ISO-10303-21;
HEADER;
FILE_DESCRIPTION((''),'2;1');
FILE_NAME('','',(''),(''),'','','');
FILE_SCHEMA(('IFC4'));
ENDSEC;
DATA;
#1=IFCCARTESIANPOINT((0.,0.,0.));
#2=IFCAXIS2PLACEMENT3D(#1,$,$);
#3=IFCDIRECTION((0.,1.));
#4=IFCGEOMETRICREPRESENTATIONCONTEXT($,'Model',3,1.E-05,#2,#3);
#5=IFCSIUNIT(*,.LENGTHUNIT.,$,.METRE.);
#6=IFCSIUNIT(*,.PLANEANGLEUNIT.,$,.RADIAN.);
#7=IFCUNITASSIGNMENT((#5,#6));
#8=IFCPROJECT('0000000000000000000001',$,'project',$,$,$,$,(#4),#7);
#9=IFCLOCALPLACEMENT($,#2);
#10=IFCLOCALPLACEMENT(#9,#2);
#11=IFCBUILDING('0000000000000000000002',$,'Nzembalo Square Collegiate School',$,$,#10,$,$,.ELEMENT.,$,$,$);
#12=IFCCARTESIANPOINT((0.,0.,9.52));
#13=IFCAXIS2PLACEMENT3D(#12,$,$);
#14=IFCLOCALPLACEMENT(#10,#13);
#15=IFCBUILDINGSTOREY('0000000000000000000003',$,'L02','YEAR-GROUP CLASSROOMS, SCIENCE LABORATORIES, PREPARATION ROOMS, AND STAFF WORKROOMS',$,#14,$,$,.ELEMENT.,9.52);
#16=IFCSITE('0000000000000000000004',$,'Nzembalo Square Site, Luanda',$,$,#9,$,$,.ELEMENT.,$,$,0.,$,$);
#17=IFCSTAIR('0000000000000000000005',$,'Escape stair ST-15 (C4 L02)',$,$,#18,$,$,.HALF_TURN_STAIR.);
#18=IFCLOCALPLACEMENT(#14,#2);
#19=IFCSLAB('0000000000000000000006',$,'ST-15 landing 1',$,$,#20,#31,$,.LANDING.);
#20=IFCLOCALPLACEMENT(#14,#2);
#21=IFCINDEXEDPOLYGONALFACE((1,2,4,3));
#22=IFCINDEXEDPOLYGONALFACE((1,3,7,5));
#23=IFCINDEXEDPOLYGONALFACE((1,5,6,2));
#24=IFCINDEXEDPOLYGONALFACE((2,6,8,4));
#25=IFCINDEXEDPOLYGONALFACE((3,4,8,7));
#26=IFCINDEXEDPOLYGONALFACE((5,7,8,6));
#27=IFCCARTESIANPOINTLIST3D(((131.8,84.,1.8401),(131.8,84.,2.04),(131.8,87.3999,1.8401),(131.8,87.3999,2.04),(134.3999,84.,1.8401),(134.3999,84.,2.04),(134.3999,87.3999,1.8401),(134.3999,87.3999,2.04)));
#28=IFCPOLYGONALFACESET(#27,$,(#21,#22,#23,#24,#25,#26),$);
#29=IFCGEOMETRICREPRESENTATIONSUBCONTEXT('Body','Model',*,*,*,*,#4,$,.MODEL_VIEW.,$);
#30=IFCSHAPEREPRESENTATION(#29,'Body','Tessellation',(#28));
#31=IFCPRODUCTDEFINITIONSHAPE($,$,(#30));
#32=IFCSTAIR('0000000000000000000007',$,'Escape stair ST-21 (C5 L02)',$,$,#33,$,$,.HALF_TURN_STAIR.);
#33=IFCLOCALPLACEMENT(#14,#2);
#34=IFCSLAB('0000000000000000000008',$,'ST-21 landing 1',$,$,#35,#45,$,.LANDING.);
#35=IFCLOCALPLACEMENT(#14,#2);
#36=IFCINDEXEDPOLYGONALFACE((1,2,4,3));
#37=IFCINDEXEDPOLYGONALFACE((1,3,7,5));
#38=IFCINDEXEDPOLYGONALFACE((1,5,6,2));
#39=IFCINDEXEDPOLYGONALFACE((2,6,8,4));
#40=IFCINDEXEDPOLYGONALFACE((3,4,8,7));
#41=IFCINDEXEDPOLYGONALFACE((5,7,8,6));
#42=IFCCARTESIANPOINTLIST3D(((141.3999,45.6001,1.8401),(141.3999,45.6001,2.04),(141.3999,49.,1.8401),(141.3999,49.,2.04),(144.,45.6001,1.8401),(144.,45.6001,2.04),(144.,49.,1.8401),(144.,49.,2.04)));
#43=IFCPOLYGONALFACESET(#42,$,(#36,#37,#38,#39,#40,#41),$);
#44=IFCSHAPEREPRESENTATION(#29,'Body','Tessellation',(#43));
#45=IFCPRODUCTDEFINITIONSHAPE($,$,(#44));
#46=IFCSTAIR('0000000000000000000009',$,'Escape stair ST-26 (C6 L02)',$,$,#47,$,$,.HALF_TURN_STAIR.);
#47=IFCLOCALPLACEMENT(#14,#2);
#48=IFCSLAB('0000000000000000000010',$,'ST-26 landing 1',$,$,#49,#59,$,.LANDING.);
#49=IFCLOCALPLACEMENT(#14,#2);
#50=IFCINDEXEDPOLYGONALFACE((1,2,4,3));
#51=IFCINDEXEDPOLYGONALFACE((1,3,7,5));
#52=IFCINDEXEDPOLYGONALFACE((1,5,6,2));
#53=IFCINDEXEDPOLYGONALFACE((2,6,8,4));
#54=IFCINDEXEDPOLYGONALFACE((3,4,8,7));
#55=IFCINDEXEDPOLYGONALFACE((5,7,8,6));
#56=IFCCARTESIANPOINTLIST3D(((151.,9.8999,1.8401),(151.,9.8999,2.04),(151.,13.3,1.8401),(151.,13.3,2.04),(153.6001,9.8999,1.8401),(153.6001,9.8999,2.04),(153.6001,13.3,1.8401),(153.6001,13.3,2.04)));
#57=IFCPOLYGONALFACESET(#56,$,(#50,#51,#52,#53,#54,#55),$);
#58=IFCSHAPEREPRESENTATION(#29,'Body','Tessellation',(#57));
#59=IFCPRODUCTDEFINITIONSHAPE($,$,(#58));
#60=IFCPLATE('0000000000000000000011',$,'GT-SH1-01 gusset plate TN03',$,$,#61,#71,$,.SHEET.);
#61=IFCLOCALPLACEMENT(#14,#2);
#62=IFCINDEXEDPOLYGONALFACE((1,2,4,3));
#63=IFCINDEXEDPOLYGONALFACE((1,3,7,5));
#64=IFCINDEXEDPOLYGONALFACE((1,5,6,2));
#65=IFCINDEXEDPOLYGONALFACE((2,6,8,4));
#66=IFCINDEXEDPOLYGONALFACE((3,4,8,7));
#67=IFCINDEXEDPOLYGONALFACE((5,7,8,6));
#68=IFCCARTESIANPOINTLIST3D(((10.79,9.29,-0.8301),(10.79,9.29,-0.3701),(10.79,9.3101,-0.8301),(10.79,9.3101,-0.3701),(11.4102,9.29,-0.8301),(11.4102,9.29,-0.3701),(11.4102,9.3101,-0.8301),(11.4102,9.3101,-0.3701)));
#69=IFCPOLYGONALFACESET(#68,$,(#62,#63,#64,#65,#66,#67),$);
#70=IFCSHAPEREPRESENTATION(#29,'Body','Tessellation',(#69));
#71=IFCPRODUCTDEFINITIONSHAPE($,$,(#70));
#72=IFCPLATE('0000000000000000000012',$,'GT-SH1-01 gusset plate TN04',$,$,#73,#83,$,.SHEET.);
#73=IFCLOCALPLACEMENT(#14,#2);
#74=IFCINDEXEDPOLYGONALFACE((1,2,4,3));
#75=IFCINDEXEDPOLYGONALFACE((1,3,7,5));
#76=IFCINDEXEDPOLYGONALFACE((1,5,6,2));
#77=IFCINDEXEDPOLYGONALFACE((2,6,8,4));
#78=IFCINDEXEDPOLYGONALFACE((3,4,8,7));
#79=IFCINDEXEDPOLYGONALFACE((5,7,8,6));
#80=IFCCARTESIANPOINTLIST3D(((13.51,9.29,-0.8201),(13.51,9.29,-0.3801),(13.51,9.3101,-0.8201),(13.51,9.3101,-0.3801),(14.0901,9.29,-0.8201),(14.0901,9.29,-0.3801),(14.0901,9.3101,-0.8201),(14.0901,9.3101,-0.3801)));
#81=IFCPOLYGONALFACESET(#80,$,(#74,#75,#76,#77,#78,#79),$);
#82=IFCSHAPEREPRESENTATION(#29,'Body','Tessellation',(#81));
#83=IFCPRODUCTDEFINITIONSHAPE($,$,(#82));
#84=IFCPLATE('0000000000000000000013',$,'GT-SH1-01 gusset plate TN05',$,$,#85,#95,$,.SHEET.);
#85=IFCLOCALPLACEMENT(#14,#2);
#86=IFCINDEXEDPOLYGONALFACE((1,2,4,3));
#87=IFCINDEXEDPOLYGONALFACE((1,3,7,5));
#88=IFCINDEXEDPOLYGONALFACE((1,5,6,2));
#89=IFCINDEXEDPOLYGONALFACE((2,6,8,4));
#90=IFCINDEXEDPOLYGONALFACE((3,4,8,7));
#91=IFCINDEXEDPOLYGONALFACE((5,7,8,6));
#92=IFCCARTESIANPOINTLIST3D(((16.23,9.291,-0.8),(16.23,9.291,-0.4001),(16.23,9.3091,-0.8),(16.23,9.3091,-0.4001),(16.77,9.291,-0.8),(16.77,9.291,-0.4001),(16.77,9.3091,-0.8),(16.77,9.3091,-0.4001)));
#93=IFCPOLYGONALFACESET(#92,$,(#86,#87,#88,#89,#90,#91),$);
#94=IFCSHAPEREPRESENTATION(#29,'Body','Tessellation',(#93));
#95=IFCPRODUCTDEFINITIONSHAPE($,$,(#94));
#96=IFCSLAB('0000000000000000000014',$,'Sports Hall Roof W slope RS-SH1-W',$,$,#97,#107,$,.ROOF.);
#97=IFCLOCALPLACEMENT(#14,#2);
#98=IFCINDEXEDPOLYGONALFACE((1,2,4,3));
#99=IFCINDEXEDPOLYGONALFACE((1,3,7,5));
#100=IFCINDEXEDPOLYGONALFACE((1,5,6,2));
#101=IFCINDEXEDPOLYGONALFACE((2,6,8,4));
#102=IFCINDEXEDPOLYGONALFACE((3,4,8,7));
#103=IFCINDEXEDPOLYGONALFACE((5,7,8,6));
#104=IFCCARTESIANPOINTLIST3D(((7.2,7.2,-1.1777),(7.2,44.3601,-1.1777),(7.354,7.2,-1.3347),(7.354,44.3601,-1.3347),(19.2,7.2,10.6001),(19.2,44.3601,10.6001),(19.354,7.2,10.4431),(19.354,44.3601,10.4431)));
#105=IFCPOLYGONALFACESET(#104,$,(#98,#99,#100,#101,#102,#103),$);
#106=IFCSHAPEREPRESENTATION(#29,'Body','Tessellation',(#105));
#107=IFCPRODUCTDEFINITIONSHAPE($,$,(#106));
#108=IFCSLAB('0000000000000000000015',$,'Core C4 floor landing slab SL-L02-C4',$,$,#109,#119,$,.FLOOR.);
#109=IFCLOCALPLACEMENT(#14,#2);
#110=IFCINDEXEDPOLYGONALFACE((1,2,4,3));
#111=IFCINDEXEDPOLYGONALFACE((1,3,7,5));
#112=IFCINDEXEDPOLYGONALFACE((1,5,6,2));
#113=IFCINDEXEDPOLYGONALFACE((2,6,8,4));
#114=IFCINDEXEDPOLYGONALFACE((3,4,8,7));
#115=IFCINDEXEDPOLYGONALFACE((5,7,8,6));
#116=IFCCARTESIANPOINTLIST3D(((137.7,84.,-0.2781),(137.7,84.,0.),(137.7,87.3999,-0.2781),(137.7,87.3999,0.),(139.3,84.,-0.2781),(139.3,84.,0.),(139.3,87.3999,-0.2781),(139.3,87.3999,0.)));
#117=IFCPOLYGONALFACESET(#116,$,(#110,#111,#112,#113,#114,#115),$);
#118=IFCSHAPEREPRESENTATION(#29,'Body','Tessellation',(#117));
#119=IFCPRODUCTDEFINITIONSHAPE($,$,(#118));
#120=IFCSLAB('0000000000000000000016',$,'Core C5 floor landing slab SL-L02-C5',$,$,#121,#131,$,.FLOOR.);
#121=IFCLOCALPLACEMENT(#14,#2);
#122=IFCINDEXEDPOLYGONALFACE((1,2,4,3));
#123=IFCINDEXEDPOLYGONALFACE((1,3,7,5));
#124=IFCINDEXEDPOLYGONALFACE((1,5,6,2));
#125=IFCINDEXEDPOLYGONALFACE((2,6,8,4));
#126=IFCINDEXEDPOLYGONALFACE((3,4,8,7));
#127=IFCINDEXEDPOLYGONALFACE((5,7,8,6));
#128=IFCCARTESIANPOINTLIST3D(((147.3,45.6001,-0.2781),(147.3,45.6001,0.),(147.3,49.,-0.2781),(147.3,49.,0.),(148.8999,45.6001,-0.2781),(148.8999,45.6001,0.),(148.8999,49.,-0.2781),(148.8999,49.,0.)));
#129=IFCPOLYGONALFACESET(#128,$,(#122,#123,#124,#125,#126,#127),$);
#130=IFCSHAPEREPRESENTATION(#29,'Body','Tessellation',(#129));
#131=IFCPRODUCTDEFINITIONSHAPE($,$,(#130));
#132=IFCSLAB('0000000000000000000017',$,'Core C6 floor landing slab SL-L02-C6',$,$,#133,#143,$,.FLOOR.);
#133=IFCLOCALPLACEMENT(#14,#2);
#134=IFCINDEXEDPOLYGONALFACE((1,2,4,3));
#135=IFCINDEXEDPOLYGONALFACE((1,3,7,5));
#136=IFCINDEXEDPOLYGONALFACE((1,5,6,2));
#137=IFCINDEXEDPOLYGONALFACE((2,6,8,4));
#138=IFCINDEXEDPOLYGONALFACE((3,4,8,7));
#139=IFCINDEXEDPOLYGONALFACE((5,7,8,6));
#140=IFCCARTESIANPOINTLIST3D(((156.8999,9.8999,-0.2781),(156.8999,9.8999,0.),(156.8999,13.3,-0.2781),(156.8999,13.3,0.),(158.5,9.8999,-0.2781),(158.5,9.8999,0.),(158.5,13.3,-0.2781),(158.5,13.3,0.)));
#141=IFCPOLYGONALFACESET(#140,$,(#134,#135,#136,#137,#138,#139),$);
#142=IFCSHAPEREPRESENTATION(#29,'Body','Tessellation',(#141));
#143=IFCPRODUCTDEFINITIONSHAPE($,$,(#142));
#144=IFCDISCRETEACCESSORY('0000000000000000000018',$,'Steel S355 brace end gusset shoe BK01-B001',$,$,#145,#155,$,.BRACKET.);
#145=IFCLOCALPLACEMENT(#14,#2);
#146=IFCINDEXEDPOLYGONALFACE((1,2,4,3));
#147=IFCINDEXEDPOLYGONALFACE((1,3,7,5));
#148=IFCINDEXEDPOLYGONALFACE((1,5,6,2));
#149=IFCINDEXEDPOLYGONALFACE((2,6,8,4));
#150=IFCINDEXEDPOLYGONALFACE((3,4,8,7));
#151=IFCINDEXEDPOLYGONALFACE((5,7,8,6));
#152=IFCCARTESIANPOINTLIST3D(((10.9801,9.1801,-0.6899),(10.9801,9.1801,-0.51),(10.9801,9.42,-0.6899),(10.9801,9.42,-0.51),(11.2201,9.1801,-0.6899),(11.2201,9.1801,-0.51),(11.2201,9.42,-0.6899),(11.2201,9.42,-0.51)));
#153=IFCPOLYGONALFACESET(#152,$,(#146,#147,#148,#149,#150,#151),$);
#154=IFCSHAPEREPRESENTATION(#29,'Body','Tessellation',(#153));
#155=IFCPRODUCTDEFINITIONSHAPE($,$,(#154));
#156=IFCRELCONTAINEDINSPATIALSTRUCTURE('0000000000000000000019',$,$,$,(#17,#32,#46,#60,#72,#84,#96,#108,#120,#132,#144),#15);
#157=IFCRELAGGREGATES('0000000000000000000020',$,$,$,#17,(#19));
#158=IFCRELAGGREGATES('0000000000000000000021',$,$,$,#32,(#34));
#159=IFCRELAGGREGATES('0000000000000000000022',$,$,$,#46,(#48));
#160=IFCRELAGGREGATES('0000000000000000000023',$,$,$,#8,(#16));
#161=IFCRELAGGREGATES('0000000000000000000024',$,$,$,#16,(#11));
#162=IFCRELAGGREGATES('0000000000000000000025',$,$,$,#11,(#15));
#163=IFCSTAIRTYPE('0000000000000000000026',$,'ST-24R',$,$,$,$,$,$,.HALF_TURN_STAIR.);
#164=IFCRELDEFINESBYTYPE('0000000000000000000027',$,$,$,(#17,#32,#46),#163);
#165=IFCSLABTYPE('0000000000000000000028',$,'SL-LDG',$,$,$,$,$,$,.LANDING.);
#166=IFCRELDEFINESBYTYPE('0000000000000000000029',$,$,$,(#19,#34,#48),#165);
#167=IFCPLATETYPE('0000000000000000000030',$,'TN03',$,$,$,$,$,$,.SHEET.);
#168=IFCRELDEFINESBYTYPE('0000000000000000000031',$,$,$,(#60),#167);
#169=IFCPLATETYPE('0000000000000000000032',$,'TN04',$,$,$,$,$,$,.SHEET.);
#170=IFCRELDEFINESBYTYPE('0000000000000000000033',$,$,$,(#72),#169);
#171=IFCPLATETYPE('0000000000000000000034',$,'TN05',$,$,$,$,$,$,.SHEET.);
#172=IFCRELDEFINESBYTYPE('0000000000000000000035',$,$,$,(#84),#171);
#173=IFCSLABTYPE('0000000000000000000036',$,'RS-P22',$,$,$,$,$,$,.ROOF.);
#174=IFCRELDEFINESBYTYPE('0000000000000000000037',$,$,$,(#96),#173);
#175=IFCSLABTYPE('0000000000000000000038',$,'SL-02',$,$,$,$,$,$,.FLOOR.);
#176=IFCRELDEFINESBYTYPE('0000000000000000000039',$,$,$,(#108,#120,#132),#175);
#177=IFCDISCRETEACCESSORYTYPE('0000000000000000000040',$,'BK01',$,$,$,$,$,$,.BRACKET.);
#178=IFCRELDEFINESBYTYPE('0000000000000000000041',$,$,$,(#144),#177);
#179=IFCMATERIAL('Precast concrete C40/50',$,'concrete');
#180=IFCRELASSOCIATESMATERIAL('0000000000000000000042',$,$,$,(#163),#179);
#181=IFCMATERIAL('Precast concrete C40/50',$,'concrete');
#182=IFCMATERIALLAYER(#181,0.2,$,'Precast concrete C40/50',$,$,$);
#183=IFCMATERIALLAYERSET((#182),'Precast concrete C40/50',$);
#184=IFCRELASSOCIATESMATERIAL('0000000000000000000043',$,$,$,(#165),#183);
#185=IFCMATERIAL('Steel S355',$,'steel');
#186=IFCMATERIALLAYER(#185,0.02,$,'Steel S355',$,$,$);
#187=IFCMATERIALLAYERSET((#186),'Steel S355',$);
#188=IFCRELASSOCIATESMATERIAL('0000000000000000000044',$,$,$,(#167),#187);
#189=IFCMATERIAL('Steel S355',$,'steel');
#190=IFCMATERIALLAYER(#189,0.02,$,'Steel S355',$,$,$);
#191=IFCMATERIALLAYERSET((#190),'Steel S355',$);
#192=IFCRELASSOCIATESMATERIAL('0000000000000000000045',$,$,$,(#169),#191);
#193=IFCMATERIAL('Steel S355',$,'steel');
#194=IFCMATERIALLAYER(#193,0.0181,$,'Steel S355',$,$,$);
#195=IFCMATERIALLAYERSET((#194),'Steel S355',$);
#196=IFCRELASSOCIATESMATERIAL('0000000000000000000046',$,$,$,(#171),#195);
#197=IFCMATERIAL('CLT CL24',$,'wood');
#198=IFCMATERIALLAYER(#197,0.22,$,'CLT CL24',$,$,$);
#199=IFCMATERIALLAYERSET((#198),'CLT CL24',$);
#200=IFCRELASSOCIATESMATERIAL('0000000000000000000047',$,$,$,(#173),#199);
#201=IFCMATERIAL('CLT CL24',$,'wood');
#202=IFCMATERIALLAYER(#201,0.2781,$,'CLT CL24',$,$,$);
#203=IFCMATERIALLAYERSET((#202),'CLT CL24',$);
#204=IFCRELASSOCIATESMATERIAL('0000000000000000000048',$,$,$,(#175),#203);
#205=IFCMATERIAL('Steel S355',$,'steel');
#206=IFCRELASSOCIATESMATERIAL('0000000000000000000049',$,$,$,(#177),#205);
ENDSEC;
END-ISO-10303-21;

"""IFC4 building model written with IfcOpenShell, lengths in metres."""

from ifc_helpers import new_model, si_unit, direction, frame, origin, origin_2d, place, context, subcontext, project, spatial, polyline, rectangle, outline, extrude, material, layer, layer_set, type_object, element, aggregate, save


model = new_model("IFC4")

# Units and contexts
model_context = context("Model", 3, precision=1e-05, world=origin(), true_north=direction((0.0, 1.0)))
body_context = subcontext(model_context, "Body", "Model", "MODEL_VIEW")
ifc_project = project(units=[si_unit("LENGTHUNIT", "METRE"), si_unit("PLANEANGLEUNIT", "RADIAN")], contexts=[model_context])

# Site, building, storey
site_placement = place(None, origin())
site = spatial("IfcSite", under=ifc_project, at=site_placement, Name="Nzembalo Square Site, Luanda", CompositionType="ELEMENT", RefElevation=0.0)
building_placement = place(site_placement, origin())
building = spatial("IfcBuilding", under=site, at=building_placement, Name="Nzembalo Square Collegiate School", CompositionType="ELEMENT")
storey_placement = place(building_placement, frame((0.0, 0.0, 9.52)))
storey = spatial("IfcBuildingStorey", under=building, at=storey_placement, Name="L02", Description="YEAR-GROUP CLASSROOMS, SCIENCE LABORATORIES, PREPARATION ROOMS, AND STAFF WORKROOMS", CompositionType="ELEMENT", Elevation=9.52)

# Stairs, slabs
ifc_material_1 = material(Name="Precast concrete C40/50", Category="concrete")
stair_type = type_object("IfcStairType", Name="ST-24R", PredefinedType="HALF_TURN_STAIR", material=ifc_material_1)
stair_1_placement = place(storey_placement, origin())
stair_1 = element("IfcStair", 1, at=stair_1_placement, inside=storey, type_object=stair_type, Name="Escape stair ST-15 (C4 L02)", PredefinedType="HALF_TURN_STAIR")
ifc_material_2 = material(Name="Precast concrete C40/50", Category="concrete")
ifc_layer_1 = layer(ifc_material_2, 0.2, Name="Precast concrete C40/50")
ifc_layer_set_1 = layer_set([ifc_layer_1], Name="Precast concrete C40/50")
slab_type_1 = type_object("IfcSlabType", Name="SL-LDG", PredefinedType="LANDING", material=ifc_layer_set_1)
slab_1_placement = place(storey_placement, frame((0.0, 0.0, 1.8401)))
slab_1 = element("IfcSlab", 2, at=slab_1_placement, type_object=slab_type_1, Name="ST-15 landing 1", PredefinedType="LANDING", context=body_context, shape_type="SweptSolid", body=[
    extrude(outline(polyline([(134.3999, 87.3999), (131.8, 87.3999), (131.8, 84.0), (134.3999, 84.0), (134.3999, 87.3999)])), origin(), (0.0, 0.0, 1.0), 0.2),
])
aggregate(stair_1, [slab_1])
stair_2_placement = place(storey_placement, origin())
stair_2 = element("IfcStair", 3, at=stair_2_placement, inside=storey, type_object=stair_type, Name="Escape stair ST-21 (C5 L02)", PredefinedType="HALF_TURN_STAIR")
slab_2_placement = place(storey_placement, frame((0.0, 0.0, 1.8401)))
slab_2 = element("IfcSlab", 4, at=slab_2_placement, type_object=slab_type_1, Name="ST-21 landing 1", PredefinedType="LANDING", context=body_context, shape_type="SweptSolid", body=[
    extrude(outline(polyline([(144.0, 49.0), (141.3999, 49.0), (141.3999, 45.6001), (144.0, 45.6001), (144.0, 49.0)])), origin(), (0.0, 0.0, 1.0), 0.2),
])
aggregate(stair_2, [slab_2])
stair_3_placement = place(storey_placement, origin())
stair_3 = element("IfcStair", 5, at=stair_3_placement, inside=storey, type_object=stair_type, Name="Escape stair ST-26 (C6 L02)", PredefinedType="HALF_TURN_STAIR")
slab_3_placement = place(storey_placement, frame((0.0, 0.0, 1.8401)))
slab_3 = element("IfcSlab", 6, at=slab_3_placement, type_object=slab_type_1, Name="ST-26 landing 1", PredefinedType="LANDING", context=body_context, shape_type="SweptSolid", body=[
    extrude(outline(polyline([(153.6001, 13.3), (151.0, 13.3), (151.0, 9.8999), (153.6001, 9.8999), (153.6001, 13.3)])), origin(), (0.0, 0.0, 1.0), 0.2),
])
aggregate(stair_3, [slab_3])

# Plates
ifc_material_3 = material(Name="Steel S355", Category="steel")
ifc_layer_2 = layer(ifc_material_3, 0.02, Name="Steel S355")
ifc_layer_set_2 = layer_set([ifc_layer_2], Name="Steel S355")
plate_type_1 = type_object("IfcPlateType", Name="TN03", PredefinedType="SHEET", material=ifc_layer_set_2)
plate_1_placement = place(storey_placement, frame((11.1001, 9.3, -0.8301), z_axis=(0.0, 0.0, 1.0), x_axis=(1.0, 0.0, 0.0)))
element("IfcPlate", 7, at=plate_1_placement, inside=storey, type_object=plate_type_1, Name="GT-SH1-01 gusset plate TN03", PredefinedType="SHEET", context=body_context, shape_type="SweptSolid", body=[
    extrude(rectangle(XDim=0.6201, YDim=0.02, at=origin_2d()), origin(), (0.0, 0.0, 1.0), 0.46),
])
ifc_material_4 = material(Name="Steel S355", Category="steel")
ifc_layer_3 = layer(ifc_material_4, 0.02, Name="Steel S355")
ifc_layer_set_3 = layer_set([ifc_layer_3], Name="Steel S355")
plate_type_2 = type_object("IfcPlateType", Name="TN04", PredefinedType="SHEET", material=ifc_layer_set_3)
plate_2_placement = place(storey_placement, frame((13.8, 9.3, -0.8201), z_axis=(0.0, 0.0, 1.0), x_axis=(1.0, 0.0, 0.0)))
element("IfcPlate", 8, at=plate_2_placement, inside=storey, type_object=plate_type_2, Name="GT-SH1-01 gusset plate TN04", PredefinedType="SHEET", context=body_context, shape_type="SweptSolid", body=[
    extrude(rectangle(XDim=0.5801, YDim=0.02, at=origin_2d()), origin(), (0.0, 0.0, 1.0), 0.4399),
])
ifc_material_5 = material(Name="Steel S355", Category="steel")
ifc_layer_4 = layer(ifc_material_5, 0.0181, Name="Steel S355")
ifc_layer_set_4 = layer_set([ifc_layer_4], Name="Steel S355")
plate_type_3 = type_object("IfcPlateType", Name="TN05", PredefinedType="SHEET", material=ifc_layer_set_4)
plate_3_placement = place(storey_placement, frame((16.5, 9.3, -0.8), z_axis=(0.0, 0.0, 1.0), x_axis=(1.0, 0.0, 0.0)))
element("IfcPlate", 9, at=plate_3_placement, inside=storey, type_object=plate_type_3, Name="GT-SH1-01 gusset plate TN05", PredefinedType="SHEET", context=body_context, shape_type="SweptSolid", body=[
    extrude(rectangle(XDim=0.54, YDim=0.0181, at=origin_2d()), origin(), (0.0, 0.0, 1.0), 0.3999),
])

# Slabs
ifc_material_6 = material(Name="CLT CL24", Category="wood")
ifc_layer_5 = layer(ifc_material_6, 0.22, Name="CLT CL24")
ifc_layer_set_5 = layer_set([ifc_layer_5], Name="CLT CL24")
slab_type_2 = type_object("IfcSlabType", Name="RS-P22", PredefinedType="ROOF", material=ifc_layer_set_5)
slab_4_placement = place(storey_placement, frame((7.2, 7.2, -1.1777), z_axis=(-0.700469, 0.0, 0.713682), x_axis=(0.713682, 0.0, 0.700469)))
element("IfcSlab", 10, at=slab_4_placement, inside=storey, type_object=slab_type_2, Name="Sports Hall Roof W slope RS-SH1-W", PredefinedType="ROOF", context=body_context, shape_type="SweptSolid", body=[
    extrude(outline(polyline([(0.0, 0.0), (16.8142, 0.0), (16.8142, 37.1602), (0.0, 37.1602), (0.0, 0.0)])), origin(), (0.0, 0.0, -1.0), 0.22),
])
ifc_material_7 = material(Name="CLT CL24", Category="wood")
ifc_layer_6 = layer(ifc_material_7, 0.2781, Name="CLT CL24")
ifc_layer_set_6 = layer_set([ifc_layer_6], Name="CLT CL24")
slab_type_3 = type_object("IfcSlabType", Name="SL-02", PredefinedType="FLOOR", material=ifc_layer_set_6)
slab_5_placement = place(storey_placement, frame((0.0, 0.0, -0.2781)))
element("IfcSlab", 11, at=slab_5_placement, inside=storey, type_object=slab_type_3, Name="Core C4 floor landing slab SL-L02-C4", PredefinedType="FLOOR", context=body_context, shape_type="SweptSolid", body=[
    extrude(outline(polyline([(137.7, 84.0), (139.3, 84.0), (139.3, 87.3999), (137.7, 87.3999), (137.7, 84.0)])), origin(), (0.0, 0.0, 1.0), 0.2781),
])
slab_6_placement = place(storey_placement, frame((0.0, 0.0, -0.2781)))
element("IfcSlab", 12, at=slab_6_placement, inside=storey, type_object=slab_type_3, Name="Core C5 floor landing slab SL-L02-C5", PredefinedType="FLOOR", context=body_context, shape_type="SweptSolid", body=[
    extrude(outline(polyline([(147.3, 45.6001), (148.8999, 45.6001), (148.8999, 49.0), (147.3, 49.0), (147.3, 45.6001)])), origin(), (0.0, 0.0, 1.0), 0.2781),
])
slab_7_placement = place(storey_placement, frame((0.0, 0.0, -0.2781)))
element("IfcSlab", 13, at=slab_7_placement, inside=storey, type_object=slab_type_3, Name="Core C6 floor landing slab SL-L02-C6", PredefinedType="FLOOR", context=body_context, shape_type="SweptSolid", body=[
    extrude(outline(polyline([(156.8999, 9.8999), (158.5, 9.8999), (158.5, 13.3), (156.8999, 13.3), (156.8999, 9.8999)])), origin(), (0.0, 0.0, 1.0), 0.2781),
])

# Discrete accessory
ifc_material_8 = material(Name="Steel S355", Category="steel")
discrete_accessory_type = type_object("IfcDiscreteAccessoryType", Name="BK01", PredefinedType="BRACKET", material=ifc_material_8)
discrete_accessory_placement = place(storey_placement, frame((11.1001, 9.3, -0.6899), z_axis=(0.0, 0.0, 1.0), x_axis=(1.0, 0.0, 0.0)))
element("IfcDiscreteAccessory", 14, at=discrete_accessory_placement, inside=storey, type_object=discrete_accessory_type, Name="Steel S355 brace end gusset shoe BK01-B001", PredefinedType="BRACKET", context=body_context, shape_type="SweptSolid", body=[
    extrude(rectangle(XDim=0.24, YDim=0.24, at=origin_2d()), origin(), (0.0, 0.0, 1.0), 0.1799),
])

save(model, "model.ifc")
